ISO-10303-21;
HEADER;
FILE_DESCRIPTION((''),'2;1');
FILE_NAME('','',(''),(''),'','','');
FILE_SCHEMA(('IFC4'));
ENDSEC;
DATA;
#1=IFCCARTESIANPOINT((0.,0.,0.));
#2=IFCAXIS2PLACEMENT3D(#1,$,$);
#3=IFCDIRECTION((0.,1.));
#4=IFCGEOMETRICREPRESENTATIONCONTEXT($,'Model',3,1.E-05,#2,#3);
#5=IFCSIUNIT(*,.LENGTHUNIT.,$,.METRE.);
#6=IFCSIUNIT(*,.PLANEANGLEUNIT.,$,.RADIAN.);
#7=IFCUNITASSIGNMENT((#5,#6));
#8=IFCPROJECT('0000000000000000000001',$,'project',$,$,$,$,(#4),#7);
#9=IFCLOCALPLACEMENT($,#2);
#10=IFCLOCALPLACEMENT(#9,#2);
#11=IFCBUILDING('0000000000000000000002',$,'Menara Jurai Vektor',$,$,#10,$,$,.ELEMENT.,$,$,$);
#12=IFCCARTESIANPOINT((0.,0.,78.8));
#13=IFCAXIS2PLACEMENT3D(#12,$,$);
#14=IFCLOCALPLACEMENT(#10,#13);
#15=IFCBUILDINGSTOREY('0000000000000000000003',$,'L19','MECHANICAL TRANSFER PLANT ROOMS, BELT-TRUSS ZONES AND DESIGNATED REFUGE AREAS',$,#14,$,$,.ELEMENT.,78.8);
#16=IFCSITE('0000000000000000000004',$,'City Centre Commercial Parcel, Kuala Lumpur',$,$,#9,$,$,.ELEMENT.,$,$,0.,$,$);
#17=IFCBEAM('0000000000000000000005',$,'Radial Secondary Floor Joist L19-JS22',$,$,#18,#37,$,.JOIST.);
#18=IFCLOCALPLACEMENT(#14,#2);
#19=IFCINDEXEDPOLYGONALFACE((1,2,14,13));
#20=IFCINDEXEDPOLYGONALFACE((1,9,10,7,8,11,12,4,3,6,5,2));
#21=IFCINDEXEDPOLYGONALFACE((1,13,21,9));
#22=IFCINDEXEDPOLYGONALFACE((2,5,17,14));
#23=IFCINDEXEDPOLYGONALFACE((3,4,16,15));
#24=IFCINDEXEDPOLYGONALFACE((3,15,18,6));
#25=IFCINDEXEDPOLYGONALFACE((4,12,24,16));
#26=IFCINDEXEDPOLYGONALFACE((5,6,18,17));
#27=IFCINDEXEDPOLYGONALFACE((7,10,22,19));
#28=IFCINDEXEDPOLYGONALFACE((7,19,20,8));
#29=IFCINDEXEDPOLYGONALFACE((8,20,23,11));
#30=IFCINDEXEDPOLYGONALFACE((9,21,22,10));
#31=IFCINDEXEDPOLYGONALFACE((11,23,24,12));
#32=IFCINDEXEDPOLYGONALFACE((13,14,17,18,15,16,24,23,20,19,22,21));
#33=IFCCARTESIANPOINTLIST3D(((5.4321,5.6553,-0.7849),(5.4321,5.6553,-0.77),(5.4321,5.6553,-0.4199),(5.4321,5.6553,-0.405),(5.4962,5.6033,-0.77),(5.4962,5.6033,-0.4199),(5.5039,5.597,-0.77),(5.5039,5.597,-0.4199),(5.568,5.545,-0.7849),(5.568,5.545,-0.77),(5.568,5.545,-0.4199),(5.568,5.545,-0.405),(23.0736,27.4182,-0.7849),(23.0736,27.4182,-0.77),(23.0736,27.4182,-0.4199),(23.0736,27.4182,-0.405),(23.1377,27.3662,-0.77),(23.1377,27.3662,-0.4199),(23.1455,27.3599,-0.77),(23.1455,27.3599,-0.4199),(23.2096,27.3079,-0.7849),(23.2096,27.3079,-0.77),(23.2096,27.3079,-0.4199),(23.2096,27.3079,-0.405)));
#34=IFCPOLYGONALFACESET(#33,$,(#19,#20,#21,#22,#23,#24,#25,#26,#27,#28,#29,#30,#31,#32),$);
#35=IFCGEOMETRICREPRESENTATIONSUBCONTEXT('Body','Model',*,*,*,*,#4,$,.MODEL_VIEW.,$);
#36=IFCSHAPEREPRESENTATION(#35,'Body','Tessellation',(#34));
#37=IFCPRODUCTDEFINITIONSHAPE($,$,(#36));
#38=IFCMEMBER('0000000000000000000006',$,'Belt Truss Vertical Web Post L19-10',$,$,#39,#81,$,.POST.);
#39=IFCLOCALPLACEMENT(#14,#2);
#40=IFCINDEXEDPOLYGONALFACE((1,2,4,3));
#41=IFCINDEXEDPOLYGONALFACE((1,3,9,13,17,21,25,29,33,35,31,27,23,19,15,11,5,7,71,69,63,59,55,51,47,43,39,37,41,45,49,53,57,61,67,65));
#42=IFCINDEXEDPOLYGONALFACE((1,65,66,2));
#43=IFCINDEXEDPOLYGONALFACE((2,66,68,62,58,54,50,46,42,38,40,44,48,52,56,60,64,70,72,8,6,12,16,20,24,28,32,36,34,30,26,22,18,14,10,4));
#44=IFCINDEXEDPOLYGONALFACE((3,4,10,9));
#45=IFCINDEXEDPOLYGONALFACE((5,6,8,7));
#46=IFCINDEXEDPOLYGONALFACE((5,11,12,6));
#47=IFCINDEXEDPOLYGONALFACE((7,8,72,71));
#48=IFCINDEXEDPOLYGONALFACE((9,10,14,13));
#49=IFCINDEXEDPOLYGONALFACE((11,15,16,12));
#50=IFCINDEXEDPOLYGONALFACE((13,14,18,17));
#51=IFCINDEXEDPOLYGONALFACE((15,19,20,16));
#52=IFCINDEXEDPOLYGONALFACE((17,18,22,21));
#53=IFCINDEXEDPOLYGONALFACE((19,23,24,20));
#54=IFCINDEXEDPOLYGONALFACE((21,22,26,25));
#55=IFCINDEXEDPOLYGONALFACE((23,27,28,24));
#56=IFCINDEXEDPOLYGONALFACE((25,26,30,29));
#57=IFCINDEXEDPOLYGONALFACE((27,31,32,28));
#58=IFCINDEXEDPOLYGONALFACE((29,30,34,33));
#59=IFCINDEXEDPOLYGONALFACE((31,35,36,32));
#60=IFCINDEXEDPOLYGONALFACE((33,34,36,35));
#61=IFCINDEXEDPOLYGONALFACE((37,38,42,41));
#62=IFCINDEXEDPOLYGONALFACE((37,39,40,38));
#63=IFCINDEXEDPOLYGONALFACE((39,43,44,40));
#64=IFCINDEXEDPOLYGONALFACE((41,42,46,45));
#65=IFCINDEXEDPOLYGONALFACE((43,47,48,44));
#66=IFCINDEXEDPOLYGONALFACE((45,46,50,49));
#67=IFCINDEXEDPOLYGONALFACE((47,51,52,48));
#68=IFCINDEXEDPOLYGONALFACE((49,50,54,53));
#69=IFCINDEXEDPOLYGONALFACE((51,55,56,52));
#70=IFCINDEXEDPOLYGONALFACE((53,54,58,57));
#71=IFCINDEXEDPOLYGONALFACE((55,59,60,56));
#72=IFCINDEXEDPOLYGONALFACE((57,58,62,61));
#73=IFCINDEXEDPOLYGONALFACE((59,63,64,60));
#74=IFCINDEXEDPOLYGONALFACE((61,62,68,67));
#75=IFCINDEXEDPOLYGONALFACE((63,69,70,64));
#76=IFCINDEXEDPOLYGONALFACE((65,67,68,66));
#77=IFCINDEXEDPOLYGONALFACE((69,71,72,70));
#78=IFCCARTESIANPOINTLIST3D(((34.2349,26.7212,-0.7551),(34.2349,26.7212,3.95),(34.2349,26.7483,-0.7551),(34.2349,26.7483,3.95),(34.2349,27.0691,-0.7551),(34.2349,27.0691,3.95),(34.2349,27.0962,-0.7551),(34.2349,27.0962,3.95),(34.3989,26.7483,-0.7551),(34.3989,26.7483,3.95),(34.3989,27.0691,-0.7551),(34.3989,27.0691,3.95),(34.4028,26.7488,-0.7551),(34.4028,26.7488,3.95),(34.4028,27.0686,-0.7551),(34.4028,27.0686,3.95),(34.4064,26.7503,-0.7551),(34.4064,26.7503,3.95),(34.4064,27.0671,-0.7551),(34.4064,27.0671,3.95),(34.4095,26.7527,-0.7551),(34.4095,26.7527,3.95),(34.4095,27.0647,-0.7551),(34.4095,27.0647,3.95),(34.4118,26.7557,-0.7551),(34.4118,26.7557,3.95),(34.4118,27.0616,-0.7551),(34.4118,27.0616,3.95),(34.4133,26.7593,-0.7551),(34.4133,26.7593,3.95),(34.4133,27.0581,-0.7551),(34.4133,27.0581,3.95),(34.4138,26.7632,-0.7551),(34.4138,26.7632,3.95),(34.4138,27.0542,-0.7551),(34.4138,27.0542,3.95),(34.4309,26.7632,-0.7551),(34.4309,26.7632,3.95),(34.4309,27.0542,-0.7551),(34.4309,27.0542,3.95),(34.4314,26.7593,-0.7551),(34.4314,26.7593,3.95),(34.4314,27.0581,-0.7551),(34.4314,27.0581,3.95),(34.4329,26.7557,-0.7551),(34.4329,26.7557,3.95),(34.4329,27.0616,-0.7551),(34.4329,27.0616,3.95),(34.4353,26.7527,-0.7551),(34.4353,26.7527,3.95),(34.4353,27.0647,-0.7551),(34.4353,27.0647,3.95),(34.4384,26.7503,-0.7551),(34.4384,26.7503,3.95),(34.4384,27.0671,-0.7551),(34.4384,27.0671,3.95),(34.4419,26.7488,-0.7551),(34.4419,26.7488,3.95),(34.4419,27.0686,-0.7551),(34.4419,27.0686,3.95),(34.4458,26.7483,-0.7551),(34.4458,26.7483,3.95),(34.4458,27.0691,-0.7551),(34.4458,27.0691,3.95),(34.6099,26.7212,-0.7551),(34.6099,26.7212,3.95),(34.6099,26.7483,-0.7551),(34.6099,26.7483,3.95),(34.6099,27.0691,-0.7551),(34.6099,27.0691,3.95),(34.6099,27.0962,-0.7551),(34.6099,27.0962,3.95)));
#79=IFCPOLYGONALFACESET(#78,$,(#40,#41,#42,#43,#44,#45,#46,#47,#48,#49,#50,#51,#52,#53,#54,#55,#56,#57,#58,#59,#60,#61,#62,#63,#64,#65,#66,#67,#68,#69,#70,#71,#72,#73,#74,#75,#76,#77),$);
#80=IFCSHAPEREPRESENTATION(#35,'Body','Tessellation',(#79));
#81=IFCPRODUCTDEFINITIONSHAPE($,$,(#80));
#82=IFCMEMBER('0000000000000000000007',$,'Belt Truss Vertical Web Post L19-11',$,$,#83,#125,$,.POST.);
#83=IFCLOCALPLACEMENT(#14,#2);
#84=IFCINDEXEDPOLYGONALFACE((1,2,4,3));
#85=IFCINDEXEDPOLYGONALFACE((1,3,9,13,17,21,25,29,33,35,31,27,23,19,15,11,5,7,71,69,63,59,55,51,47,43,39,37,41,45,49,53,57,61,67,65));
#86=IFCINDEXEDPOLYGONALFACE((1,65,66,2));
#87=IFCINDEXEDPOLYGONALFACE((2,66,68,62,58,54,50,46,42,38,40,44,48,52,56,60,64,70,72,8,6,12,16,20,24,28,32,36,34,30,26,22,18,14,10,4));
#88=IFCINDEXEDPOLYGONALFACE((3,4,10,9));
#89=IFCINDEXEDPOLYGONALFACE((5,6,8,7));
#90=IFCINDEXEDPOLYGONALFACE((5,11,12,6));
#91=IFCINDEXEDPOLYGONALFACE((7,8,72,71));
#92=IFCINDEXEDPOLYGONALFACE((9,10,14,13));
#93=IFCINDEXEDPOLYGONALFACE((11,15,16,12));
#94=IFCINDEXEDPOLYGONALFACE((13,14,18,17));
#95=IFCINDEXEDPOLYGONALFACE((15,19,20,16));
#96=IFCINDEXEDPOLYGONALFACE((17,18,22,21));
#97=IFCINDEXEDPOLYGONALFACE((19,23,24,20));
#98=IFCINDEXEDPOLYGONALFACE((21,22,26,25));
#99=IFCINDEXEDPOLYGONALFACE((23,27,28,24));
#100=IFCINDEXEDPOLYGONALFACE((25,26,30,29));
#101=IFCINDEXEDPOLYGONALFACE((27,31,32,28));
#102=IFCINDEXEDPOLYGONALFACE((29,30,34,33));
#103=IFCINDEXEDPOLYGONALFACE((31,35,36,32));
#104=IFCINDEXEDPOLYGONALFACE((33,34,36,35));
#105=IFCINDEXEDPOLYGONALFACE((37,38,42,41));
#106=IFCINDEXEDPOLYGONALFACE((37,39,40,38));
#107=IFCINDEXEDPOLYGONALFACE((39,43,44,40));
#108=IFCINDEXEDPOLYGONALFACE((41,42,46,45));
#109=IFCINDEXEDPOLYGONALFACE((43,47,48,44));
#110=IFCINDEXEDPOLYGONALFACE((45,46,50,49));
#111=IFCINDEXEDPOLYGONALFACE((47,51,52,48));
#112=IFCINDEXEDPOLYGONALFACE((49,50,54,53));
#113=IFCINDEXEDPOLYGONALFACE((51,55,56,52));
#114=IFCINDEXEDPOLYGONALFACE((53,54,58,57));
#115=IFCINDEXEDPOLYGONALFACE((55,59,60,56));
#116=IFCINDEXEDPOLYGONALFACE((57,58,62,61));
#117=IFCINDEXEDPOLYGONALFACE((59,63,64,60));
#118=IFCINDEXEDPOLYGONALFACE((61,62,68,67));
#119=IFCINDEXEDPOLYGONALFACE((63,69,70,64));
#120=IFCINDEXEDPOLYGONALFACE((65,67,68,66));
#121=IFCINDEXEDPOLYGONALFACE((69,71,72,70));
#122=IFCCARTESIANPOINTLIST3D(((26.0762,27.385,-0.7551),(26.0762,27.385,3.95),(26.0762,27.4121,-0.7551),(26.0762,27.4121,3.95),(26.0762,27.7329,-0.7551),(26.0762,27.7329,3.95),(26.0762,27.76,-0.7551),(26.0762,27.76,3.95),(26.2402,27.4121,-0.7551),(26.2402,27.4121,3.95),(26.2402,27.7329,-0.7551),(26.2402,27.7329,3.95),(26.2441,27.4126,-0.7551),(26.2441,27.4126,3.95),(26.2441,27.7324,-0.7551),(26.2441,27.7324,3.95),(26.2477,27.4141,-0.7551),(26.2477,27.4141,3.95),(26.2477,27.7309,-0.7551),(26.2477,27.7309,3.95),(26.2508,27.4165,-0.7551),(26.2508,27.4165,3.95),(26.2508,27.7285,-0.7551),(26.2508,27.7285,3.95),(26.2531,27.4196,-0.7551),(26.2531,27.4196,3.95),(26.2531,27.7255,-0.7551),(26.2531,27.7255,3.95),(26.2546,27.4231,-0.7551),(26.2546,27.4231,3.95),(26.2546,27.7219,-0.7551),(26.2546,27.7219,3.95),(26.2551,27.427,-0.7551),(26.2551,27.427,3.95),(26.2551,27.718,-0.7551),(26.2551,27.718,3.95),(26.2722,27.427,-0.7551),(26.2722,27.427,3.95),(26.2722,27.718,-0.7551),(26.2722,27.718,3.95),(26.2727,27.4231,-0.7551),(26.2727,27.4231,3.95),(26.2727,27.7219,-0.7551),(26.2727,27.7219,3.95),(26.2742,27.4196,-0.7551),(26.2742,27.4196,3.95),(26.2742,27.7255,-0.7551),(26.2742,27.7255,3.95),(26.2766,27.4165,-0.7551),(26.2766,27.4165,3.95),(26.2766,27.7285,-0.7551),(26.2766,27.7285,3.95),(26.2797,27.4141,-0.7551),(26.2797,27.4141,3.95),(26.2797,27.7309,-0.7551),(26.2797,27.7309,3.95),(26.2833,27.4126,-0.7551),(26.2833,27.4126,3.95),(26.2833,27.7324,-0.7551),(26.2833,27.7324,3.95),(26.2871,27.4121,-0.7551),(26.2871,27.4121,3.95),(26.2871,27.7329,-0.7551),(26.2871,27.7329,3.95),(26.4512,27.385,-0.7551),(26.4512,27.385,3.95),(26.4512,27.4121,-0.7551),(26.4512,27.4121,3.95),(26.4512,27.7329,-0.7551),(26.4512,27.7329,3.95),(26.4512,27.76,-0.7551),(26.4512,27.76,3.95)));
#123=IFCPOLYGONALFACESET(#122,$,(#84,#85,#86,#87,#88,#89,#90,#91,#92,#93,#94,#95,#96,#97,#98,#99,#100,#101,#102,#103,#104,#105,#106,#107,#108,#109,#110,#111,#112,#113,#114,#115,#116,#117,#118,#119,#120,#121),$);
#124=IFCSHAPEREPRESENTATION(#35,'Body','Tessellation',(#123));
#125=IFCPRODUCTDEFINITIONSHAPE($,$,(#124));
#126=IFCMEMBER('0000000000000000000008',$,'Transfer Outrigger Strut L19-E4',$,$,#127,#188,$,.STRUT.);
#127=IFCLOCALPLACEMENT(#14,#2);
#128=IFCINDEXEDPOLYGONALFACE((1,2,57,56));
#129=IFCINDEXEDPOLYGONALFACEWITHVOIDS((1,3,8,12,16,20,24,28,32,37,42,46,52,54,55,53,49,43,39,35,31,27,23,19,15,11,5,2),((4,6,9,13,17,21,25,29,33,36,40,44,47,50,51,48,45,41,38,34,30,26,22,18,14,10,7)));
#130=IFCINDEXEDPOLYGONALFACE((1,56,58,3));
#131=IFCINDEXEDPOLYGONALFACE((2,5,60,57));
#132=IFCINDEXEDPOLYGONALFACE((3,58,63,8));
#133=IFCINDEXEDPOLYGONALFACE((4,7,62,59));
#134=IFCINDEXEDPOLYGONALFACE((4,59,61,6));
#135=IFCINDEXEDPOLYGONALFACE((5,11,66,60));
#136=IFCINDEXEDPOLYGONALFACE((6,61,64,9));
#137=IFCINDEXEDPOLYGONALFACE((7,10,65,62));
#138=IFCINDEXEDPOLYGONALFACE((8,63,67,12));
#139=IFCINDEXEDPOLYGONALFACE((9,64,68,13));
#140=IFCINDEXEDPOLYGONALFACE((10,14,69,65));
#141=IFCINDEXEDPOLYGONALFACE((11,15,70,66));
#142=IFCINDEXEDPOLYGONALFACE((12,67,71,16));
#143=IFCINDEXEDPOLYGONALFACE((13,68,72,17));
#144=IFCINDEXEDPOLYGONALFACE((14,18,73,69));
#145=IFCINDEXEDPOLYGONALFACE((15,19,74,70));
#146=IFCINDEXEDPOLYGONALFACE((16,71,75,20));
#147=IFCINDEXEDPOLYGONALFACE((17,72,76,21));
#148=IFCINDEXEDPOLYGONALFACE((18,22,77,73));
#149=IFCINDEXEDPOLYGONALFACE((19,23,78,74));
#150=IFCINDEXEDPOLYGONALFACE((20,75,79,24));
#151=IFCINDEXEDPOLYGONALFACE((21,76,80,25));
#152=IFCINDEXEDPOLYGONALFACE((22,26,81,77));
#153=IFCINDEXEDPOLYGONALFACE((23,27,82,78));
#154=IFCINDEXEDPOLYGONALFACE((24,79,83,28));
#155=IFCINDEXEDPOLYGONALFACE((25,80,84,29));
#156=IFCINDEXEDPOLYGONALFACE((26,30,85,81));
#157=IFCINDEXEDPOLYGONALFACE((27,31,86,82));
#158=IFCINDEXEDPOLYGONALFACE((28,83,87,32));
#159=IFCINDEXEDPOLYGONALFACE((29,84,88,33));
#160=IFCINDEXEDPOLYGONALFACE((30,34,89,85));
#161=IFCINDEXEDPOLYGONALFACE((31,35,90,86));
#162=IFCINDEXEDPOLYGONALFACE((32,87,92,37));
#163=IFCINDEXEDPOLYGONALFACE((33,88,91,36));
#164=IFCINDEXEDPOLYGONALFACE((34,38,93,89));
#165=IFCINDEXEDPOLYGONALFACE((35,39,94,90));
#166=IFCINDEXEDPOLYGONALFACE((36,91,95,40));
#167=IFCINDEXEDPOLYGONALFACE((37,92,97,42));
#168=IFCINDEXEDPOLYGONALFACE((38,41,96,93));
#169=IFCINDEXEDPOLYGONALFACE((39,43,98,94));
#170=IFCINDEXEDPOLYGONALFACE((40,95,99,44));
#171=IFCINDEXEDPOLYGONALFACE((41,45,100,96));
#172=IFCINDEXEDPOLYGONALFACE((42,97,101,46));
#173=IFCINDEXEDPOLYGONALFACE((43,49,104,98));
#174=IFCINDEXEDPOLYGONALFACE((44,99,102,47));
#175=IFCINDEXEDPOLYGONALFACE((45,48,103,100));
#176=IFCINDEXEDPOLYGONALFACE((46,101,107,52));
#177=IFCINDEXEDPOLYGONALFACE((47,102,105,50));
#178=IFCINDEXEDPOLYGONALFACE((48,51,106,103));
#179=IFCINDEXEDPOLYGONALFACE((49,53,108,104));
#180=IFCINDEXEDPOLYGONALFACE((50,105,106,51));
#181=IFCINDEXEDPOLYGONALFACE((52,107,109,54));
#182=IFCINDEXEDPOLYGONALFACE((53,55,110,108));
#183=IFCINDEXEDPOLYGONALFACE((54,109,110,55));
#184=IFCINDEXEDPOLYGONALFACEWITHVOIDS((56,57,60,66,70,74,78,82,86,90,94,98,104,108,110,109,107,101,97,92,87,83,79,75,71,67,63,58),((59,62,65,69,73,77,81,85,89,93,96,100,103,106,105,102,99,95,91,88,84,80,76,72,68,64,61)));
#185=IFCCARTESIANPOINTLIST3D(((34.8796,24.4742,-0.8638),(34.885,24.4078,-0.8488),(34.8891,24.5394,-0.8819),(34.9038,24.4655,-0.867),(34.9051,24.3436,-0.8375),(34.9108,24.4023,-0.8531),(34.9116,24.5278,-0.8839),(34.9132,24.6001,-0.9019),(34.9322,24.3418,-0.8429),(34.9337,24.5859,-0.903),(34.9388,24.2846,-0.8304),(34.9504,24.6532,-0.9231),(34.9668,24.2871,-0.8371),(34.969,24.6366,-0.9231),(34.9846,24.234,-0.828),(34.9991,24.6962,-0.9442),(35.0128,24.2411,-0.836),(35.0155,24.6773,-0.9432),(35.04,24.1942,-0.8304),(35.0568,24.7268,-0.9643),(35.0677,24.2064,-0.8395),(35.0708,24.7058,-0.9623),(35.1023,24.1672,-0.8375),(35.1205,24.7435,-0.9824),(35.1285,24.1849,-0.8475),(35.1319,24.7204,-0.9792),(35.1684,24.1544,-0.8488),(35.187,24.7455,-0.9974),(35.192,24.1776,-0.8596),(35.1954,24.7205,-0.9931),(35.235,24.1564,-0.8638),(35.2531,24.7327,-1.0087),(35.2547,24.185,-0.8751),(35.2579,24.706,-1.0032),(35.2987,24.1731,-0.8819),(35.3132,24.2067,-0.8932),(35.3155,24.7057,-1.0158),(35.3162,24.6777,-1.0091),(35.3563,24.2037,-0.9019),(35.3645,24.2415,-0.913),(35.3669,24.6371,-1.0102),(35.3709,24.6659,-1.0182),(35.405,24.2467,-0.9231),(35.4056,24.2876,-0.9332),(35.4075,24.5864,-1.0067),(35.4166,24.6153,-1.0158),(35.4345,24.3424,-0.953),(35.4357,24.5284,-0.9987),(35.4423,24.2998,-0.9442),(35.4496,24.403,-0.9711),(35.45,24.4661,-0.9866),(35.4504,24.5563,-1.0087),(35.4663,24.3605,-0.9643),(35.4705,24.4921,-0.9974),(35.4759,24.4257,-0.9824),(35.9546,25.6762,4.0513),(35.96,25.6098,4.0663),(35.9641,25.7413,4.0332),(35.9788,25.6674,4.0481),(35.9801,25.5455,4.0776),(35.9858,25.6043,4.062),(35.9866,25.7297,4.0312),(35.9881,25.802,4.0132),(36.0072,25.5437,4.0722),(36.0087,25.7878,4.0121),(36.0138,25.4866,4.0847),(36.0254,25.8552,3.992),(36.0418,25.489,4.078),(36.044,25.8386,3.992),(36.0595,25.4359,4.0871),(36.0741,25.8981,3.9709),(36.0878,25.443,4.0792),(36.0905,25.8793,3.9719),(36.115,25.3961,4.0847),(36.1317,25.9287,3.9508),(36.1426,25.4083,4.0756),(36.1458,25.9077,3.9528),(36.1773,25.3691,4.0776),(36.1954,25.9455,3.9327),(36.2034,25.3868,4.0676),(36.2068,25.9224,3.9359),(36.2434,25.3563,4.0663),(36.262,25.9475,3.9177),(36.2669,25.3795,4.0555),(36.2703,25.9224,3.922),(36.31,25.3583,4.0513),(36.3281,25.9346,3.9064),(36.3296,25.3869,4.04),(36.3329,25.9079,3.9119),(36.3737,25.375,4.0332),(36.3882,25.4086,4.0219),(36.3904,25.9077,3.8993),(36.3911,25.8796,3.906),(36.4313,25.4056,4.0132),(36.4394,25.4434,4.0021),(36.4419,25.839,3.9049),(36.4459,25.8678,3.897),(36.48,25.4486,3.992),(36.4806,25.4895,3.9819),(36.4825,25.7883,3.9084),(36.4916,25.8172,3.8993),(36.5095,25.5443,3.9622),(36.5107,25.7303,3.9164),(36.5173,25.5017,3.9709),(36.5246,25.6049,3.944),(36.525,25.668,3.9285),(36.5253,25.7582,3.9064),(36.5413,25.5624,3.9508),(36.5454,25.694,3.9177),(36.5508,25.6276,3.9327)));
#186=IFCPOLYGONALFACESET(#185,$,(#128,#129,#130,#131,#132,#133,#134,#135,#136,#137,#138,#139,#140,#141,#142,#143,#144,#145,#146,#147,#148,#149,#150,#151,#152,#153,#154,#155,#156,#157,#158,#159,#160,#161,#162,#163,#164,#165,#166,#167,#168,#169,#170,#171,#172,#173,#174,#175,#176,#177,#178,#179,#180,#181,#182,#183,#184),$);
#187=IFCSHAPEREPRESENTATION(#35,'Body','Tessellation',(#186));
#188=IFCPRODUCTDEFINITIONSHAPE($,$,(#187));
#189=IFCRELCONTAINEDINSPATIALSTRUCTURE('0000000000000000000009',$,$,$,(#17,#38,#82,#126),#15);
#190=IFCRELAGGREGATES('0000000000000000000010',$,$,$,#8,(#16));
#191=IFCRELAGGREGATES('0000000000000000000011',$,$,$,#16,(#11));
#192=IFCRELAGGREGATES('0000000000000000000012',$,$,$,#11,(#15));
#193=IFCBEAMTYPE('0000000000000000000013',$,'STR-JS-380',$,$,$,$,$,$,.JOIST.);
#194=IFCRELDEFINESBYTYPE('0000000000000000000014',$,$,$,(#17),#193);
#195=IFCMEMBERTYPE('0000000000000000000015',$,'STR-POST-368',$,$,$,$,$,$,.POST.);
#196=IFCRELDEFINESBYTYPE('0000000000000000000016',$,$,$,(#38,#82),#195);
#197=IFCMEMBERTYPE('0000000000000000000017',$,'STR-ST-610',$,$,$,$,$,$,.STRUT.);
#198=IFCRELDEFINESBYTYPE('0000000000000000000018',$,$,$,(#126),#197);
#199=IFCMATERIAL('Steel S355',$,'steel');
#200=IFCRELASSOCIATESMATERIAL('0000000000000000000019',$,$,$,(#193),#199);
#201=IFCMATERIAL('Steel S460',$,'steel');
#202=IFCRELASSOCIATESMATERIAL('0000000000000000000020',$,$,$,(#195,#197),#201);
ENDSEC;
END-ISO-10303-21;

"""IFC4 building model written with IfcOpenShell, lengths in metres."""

from ifc_helpers import new_model, si_unit, direction, frame, origin, origin_2d, place, context, subcontext, project, spatial, hollow_circle, i_section, extrude, material, material_profile, profile_set, type_object, element, save


model = new_model("IFC4")

# Units and contexts
model_context = context("Model", 3, precision=1e-05, world=origin(), true_north=direction((0.0, 1.0)))
body_context = subcontext(model_context, "Body", "Model", "MODEL_VIEW")
ifc_project = project(units=[si_unit("LENGTHUNIT", "METRE"), si_unit("PLANEANGLEUNIT", "RADIAN")], contexts=[model_context])

# Site, building, storey
site_placement = place(None, origin())
site = spatial("IfcSite", under=ifc_project, at=site_placement, Name="City Centre Commercial Parcel, Kuala Lumpur", CompositionType="ELEMENT", RefElevation=0.0)
building_placement = place(site_placement, origin())
building = spatial("IfcBuilding", under=site, at=building_placement, Name="Menara Jurai Vektor", CompositionType="ELEMENT")
storey_placement = place(building_placement, frame((0.0, 0.0, 78.8)))
storey = spatial("IfcBuildingStorey", under=building, at=storey_placement, Name="L19", Description="MECHANICAL TRANSFER PLANT ROOMS, BELT-TRUSS ZONES AND DESIGNATED REFUGE AREAS", CompositionType="ELEMENT", Elevation=78.8)

# Shared definitions
ifc_material_1 = material(Name="Steel S460", Category="steel")

# Beam
ifc_material_2 = material(Name="Steel S355", Category="steel")
ifc_material_profile_1 = material_profile(ifc_material_2, i_section(OverallWidth=0.175, OverallDepth=0.3799, WebThickness=0.01, FlangeThickness=0.0149, at=origin_2d()), Name="PG 380x175x58")
ifc_profile_set_1 = profile_set([ifc_material_profile_1], Name="Steel S355")
beam_type_1 = type_object("IfcBeamType", Name="STR-JS-380", PredefinedType="JOIST", material=ifc_profile_set_1)
beam_1_placement = place(storey_placement, frame((23.1416, 27.363, -0.595), z_axis=(-0.629715, -0.776826, 0.0), x_axis=(0.776826, -0.629715, 0.0)))
element("IfcBeam", 1, at=beam_1_placement, inside=storey, type_object=beam_type_1, Name="Radial Secondary Floor Joist L19-JS22", PredefinedType="JOIST", context=body_context, shape_type="SweptSolid", body=[
    extrude(i_section(OverallWidth=0.175, OverallDepth=0.3799, WebThickness=0.01, FlangeThickness=0.0149, at=origin_2d()), origin(), (0.0, 0.0, 1.0), 28.0151),
])

# Members
ifc_material_profile_2 = material_profile(ifc_material_1, i_section(OverallWidth=0.375, OverallDepth=0.375, WebThickness=0.0171, FlangeThickness=0.0271, FilletRadius=0.0149, at=origin_2d()), Name="UKC 356x368x202")
ifc_profile_set_2 = profile_set([ifc_material_profile_2], Name="Steel S460")
member_type_1 = type_object("IfcMemberType", Name="STR-POST-368", PredefinedType="POST", material=ifc_profile_set_2)
for number, where, z_axis, x_axis, name in (
    (2, (34.4224, 26.9087, -0.7551), (0.0, 0.0, 1.0), (1.0, 0.0, 0.0), "Belt Truss Vertical Web Post L19-10"),
    (3, (26.2637, 27.5725, -0.7551), (0.0, 0.0, 1.0), (1.0, 0.0, 0.0), "Belt Truss Vertical Web Post L19-11"),
):
    element("IfcMember", number, at=place(storey_placement, frame(where, z_axis=z_axis, x_axis=x_axis)), inside=storey, type_object=member_type_1, Name=name, PredefinedType="POST", context=body_context, shape_type="SweptSolid", body=[
        extrude(i_section(OverallWidth=0.375, OverallDepth=0.375, WebThickness=0.0171, FlangeThickness=0.0271, FilletRadius=0.0149, at=origin_2d()), origin(), (0.0, 0.0, 1.0), 4.7051),
    ])
ifc_material_profile_3 = material_profile(ifc_material_1, hollow_circle(Radius=0.3049, WallThickness=0.0249, at=origin_2d()), Name="CHS 610x25")
ifc_profile_set_3 = profile_set([ifc_material_profile_3], Name="Steel S460")
member_type_2 = type_object("IfcMemberType", Name="STR-ST-610", PredefinedType="STRUT", material=ifc_profile_set_3)
member_1_placement = place(storey_placement, frame((35.1777, 24.45, -0.9231), z_axis=(0.207809, 0.232351, 0.950173), x_axis=(-0.745376, 0.666644, 0.0)))
element("IfcMember", 4, at=member_1_placement, inside=storey, type_object=member_type_2, Name="Transfer Outrigger Strut L19-E4", PredefinedType="STRUT", context=body_context, shape_type="SweptSolid", body=[
    extrude(hollow_circle(Radius=0.3049, WallThickness=0.0249, at=origin_2d()), origin(), (0.0, 0.0, 1.0), 5.1729),
])

save(model, "model.ifc")
